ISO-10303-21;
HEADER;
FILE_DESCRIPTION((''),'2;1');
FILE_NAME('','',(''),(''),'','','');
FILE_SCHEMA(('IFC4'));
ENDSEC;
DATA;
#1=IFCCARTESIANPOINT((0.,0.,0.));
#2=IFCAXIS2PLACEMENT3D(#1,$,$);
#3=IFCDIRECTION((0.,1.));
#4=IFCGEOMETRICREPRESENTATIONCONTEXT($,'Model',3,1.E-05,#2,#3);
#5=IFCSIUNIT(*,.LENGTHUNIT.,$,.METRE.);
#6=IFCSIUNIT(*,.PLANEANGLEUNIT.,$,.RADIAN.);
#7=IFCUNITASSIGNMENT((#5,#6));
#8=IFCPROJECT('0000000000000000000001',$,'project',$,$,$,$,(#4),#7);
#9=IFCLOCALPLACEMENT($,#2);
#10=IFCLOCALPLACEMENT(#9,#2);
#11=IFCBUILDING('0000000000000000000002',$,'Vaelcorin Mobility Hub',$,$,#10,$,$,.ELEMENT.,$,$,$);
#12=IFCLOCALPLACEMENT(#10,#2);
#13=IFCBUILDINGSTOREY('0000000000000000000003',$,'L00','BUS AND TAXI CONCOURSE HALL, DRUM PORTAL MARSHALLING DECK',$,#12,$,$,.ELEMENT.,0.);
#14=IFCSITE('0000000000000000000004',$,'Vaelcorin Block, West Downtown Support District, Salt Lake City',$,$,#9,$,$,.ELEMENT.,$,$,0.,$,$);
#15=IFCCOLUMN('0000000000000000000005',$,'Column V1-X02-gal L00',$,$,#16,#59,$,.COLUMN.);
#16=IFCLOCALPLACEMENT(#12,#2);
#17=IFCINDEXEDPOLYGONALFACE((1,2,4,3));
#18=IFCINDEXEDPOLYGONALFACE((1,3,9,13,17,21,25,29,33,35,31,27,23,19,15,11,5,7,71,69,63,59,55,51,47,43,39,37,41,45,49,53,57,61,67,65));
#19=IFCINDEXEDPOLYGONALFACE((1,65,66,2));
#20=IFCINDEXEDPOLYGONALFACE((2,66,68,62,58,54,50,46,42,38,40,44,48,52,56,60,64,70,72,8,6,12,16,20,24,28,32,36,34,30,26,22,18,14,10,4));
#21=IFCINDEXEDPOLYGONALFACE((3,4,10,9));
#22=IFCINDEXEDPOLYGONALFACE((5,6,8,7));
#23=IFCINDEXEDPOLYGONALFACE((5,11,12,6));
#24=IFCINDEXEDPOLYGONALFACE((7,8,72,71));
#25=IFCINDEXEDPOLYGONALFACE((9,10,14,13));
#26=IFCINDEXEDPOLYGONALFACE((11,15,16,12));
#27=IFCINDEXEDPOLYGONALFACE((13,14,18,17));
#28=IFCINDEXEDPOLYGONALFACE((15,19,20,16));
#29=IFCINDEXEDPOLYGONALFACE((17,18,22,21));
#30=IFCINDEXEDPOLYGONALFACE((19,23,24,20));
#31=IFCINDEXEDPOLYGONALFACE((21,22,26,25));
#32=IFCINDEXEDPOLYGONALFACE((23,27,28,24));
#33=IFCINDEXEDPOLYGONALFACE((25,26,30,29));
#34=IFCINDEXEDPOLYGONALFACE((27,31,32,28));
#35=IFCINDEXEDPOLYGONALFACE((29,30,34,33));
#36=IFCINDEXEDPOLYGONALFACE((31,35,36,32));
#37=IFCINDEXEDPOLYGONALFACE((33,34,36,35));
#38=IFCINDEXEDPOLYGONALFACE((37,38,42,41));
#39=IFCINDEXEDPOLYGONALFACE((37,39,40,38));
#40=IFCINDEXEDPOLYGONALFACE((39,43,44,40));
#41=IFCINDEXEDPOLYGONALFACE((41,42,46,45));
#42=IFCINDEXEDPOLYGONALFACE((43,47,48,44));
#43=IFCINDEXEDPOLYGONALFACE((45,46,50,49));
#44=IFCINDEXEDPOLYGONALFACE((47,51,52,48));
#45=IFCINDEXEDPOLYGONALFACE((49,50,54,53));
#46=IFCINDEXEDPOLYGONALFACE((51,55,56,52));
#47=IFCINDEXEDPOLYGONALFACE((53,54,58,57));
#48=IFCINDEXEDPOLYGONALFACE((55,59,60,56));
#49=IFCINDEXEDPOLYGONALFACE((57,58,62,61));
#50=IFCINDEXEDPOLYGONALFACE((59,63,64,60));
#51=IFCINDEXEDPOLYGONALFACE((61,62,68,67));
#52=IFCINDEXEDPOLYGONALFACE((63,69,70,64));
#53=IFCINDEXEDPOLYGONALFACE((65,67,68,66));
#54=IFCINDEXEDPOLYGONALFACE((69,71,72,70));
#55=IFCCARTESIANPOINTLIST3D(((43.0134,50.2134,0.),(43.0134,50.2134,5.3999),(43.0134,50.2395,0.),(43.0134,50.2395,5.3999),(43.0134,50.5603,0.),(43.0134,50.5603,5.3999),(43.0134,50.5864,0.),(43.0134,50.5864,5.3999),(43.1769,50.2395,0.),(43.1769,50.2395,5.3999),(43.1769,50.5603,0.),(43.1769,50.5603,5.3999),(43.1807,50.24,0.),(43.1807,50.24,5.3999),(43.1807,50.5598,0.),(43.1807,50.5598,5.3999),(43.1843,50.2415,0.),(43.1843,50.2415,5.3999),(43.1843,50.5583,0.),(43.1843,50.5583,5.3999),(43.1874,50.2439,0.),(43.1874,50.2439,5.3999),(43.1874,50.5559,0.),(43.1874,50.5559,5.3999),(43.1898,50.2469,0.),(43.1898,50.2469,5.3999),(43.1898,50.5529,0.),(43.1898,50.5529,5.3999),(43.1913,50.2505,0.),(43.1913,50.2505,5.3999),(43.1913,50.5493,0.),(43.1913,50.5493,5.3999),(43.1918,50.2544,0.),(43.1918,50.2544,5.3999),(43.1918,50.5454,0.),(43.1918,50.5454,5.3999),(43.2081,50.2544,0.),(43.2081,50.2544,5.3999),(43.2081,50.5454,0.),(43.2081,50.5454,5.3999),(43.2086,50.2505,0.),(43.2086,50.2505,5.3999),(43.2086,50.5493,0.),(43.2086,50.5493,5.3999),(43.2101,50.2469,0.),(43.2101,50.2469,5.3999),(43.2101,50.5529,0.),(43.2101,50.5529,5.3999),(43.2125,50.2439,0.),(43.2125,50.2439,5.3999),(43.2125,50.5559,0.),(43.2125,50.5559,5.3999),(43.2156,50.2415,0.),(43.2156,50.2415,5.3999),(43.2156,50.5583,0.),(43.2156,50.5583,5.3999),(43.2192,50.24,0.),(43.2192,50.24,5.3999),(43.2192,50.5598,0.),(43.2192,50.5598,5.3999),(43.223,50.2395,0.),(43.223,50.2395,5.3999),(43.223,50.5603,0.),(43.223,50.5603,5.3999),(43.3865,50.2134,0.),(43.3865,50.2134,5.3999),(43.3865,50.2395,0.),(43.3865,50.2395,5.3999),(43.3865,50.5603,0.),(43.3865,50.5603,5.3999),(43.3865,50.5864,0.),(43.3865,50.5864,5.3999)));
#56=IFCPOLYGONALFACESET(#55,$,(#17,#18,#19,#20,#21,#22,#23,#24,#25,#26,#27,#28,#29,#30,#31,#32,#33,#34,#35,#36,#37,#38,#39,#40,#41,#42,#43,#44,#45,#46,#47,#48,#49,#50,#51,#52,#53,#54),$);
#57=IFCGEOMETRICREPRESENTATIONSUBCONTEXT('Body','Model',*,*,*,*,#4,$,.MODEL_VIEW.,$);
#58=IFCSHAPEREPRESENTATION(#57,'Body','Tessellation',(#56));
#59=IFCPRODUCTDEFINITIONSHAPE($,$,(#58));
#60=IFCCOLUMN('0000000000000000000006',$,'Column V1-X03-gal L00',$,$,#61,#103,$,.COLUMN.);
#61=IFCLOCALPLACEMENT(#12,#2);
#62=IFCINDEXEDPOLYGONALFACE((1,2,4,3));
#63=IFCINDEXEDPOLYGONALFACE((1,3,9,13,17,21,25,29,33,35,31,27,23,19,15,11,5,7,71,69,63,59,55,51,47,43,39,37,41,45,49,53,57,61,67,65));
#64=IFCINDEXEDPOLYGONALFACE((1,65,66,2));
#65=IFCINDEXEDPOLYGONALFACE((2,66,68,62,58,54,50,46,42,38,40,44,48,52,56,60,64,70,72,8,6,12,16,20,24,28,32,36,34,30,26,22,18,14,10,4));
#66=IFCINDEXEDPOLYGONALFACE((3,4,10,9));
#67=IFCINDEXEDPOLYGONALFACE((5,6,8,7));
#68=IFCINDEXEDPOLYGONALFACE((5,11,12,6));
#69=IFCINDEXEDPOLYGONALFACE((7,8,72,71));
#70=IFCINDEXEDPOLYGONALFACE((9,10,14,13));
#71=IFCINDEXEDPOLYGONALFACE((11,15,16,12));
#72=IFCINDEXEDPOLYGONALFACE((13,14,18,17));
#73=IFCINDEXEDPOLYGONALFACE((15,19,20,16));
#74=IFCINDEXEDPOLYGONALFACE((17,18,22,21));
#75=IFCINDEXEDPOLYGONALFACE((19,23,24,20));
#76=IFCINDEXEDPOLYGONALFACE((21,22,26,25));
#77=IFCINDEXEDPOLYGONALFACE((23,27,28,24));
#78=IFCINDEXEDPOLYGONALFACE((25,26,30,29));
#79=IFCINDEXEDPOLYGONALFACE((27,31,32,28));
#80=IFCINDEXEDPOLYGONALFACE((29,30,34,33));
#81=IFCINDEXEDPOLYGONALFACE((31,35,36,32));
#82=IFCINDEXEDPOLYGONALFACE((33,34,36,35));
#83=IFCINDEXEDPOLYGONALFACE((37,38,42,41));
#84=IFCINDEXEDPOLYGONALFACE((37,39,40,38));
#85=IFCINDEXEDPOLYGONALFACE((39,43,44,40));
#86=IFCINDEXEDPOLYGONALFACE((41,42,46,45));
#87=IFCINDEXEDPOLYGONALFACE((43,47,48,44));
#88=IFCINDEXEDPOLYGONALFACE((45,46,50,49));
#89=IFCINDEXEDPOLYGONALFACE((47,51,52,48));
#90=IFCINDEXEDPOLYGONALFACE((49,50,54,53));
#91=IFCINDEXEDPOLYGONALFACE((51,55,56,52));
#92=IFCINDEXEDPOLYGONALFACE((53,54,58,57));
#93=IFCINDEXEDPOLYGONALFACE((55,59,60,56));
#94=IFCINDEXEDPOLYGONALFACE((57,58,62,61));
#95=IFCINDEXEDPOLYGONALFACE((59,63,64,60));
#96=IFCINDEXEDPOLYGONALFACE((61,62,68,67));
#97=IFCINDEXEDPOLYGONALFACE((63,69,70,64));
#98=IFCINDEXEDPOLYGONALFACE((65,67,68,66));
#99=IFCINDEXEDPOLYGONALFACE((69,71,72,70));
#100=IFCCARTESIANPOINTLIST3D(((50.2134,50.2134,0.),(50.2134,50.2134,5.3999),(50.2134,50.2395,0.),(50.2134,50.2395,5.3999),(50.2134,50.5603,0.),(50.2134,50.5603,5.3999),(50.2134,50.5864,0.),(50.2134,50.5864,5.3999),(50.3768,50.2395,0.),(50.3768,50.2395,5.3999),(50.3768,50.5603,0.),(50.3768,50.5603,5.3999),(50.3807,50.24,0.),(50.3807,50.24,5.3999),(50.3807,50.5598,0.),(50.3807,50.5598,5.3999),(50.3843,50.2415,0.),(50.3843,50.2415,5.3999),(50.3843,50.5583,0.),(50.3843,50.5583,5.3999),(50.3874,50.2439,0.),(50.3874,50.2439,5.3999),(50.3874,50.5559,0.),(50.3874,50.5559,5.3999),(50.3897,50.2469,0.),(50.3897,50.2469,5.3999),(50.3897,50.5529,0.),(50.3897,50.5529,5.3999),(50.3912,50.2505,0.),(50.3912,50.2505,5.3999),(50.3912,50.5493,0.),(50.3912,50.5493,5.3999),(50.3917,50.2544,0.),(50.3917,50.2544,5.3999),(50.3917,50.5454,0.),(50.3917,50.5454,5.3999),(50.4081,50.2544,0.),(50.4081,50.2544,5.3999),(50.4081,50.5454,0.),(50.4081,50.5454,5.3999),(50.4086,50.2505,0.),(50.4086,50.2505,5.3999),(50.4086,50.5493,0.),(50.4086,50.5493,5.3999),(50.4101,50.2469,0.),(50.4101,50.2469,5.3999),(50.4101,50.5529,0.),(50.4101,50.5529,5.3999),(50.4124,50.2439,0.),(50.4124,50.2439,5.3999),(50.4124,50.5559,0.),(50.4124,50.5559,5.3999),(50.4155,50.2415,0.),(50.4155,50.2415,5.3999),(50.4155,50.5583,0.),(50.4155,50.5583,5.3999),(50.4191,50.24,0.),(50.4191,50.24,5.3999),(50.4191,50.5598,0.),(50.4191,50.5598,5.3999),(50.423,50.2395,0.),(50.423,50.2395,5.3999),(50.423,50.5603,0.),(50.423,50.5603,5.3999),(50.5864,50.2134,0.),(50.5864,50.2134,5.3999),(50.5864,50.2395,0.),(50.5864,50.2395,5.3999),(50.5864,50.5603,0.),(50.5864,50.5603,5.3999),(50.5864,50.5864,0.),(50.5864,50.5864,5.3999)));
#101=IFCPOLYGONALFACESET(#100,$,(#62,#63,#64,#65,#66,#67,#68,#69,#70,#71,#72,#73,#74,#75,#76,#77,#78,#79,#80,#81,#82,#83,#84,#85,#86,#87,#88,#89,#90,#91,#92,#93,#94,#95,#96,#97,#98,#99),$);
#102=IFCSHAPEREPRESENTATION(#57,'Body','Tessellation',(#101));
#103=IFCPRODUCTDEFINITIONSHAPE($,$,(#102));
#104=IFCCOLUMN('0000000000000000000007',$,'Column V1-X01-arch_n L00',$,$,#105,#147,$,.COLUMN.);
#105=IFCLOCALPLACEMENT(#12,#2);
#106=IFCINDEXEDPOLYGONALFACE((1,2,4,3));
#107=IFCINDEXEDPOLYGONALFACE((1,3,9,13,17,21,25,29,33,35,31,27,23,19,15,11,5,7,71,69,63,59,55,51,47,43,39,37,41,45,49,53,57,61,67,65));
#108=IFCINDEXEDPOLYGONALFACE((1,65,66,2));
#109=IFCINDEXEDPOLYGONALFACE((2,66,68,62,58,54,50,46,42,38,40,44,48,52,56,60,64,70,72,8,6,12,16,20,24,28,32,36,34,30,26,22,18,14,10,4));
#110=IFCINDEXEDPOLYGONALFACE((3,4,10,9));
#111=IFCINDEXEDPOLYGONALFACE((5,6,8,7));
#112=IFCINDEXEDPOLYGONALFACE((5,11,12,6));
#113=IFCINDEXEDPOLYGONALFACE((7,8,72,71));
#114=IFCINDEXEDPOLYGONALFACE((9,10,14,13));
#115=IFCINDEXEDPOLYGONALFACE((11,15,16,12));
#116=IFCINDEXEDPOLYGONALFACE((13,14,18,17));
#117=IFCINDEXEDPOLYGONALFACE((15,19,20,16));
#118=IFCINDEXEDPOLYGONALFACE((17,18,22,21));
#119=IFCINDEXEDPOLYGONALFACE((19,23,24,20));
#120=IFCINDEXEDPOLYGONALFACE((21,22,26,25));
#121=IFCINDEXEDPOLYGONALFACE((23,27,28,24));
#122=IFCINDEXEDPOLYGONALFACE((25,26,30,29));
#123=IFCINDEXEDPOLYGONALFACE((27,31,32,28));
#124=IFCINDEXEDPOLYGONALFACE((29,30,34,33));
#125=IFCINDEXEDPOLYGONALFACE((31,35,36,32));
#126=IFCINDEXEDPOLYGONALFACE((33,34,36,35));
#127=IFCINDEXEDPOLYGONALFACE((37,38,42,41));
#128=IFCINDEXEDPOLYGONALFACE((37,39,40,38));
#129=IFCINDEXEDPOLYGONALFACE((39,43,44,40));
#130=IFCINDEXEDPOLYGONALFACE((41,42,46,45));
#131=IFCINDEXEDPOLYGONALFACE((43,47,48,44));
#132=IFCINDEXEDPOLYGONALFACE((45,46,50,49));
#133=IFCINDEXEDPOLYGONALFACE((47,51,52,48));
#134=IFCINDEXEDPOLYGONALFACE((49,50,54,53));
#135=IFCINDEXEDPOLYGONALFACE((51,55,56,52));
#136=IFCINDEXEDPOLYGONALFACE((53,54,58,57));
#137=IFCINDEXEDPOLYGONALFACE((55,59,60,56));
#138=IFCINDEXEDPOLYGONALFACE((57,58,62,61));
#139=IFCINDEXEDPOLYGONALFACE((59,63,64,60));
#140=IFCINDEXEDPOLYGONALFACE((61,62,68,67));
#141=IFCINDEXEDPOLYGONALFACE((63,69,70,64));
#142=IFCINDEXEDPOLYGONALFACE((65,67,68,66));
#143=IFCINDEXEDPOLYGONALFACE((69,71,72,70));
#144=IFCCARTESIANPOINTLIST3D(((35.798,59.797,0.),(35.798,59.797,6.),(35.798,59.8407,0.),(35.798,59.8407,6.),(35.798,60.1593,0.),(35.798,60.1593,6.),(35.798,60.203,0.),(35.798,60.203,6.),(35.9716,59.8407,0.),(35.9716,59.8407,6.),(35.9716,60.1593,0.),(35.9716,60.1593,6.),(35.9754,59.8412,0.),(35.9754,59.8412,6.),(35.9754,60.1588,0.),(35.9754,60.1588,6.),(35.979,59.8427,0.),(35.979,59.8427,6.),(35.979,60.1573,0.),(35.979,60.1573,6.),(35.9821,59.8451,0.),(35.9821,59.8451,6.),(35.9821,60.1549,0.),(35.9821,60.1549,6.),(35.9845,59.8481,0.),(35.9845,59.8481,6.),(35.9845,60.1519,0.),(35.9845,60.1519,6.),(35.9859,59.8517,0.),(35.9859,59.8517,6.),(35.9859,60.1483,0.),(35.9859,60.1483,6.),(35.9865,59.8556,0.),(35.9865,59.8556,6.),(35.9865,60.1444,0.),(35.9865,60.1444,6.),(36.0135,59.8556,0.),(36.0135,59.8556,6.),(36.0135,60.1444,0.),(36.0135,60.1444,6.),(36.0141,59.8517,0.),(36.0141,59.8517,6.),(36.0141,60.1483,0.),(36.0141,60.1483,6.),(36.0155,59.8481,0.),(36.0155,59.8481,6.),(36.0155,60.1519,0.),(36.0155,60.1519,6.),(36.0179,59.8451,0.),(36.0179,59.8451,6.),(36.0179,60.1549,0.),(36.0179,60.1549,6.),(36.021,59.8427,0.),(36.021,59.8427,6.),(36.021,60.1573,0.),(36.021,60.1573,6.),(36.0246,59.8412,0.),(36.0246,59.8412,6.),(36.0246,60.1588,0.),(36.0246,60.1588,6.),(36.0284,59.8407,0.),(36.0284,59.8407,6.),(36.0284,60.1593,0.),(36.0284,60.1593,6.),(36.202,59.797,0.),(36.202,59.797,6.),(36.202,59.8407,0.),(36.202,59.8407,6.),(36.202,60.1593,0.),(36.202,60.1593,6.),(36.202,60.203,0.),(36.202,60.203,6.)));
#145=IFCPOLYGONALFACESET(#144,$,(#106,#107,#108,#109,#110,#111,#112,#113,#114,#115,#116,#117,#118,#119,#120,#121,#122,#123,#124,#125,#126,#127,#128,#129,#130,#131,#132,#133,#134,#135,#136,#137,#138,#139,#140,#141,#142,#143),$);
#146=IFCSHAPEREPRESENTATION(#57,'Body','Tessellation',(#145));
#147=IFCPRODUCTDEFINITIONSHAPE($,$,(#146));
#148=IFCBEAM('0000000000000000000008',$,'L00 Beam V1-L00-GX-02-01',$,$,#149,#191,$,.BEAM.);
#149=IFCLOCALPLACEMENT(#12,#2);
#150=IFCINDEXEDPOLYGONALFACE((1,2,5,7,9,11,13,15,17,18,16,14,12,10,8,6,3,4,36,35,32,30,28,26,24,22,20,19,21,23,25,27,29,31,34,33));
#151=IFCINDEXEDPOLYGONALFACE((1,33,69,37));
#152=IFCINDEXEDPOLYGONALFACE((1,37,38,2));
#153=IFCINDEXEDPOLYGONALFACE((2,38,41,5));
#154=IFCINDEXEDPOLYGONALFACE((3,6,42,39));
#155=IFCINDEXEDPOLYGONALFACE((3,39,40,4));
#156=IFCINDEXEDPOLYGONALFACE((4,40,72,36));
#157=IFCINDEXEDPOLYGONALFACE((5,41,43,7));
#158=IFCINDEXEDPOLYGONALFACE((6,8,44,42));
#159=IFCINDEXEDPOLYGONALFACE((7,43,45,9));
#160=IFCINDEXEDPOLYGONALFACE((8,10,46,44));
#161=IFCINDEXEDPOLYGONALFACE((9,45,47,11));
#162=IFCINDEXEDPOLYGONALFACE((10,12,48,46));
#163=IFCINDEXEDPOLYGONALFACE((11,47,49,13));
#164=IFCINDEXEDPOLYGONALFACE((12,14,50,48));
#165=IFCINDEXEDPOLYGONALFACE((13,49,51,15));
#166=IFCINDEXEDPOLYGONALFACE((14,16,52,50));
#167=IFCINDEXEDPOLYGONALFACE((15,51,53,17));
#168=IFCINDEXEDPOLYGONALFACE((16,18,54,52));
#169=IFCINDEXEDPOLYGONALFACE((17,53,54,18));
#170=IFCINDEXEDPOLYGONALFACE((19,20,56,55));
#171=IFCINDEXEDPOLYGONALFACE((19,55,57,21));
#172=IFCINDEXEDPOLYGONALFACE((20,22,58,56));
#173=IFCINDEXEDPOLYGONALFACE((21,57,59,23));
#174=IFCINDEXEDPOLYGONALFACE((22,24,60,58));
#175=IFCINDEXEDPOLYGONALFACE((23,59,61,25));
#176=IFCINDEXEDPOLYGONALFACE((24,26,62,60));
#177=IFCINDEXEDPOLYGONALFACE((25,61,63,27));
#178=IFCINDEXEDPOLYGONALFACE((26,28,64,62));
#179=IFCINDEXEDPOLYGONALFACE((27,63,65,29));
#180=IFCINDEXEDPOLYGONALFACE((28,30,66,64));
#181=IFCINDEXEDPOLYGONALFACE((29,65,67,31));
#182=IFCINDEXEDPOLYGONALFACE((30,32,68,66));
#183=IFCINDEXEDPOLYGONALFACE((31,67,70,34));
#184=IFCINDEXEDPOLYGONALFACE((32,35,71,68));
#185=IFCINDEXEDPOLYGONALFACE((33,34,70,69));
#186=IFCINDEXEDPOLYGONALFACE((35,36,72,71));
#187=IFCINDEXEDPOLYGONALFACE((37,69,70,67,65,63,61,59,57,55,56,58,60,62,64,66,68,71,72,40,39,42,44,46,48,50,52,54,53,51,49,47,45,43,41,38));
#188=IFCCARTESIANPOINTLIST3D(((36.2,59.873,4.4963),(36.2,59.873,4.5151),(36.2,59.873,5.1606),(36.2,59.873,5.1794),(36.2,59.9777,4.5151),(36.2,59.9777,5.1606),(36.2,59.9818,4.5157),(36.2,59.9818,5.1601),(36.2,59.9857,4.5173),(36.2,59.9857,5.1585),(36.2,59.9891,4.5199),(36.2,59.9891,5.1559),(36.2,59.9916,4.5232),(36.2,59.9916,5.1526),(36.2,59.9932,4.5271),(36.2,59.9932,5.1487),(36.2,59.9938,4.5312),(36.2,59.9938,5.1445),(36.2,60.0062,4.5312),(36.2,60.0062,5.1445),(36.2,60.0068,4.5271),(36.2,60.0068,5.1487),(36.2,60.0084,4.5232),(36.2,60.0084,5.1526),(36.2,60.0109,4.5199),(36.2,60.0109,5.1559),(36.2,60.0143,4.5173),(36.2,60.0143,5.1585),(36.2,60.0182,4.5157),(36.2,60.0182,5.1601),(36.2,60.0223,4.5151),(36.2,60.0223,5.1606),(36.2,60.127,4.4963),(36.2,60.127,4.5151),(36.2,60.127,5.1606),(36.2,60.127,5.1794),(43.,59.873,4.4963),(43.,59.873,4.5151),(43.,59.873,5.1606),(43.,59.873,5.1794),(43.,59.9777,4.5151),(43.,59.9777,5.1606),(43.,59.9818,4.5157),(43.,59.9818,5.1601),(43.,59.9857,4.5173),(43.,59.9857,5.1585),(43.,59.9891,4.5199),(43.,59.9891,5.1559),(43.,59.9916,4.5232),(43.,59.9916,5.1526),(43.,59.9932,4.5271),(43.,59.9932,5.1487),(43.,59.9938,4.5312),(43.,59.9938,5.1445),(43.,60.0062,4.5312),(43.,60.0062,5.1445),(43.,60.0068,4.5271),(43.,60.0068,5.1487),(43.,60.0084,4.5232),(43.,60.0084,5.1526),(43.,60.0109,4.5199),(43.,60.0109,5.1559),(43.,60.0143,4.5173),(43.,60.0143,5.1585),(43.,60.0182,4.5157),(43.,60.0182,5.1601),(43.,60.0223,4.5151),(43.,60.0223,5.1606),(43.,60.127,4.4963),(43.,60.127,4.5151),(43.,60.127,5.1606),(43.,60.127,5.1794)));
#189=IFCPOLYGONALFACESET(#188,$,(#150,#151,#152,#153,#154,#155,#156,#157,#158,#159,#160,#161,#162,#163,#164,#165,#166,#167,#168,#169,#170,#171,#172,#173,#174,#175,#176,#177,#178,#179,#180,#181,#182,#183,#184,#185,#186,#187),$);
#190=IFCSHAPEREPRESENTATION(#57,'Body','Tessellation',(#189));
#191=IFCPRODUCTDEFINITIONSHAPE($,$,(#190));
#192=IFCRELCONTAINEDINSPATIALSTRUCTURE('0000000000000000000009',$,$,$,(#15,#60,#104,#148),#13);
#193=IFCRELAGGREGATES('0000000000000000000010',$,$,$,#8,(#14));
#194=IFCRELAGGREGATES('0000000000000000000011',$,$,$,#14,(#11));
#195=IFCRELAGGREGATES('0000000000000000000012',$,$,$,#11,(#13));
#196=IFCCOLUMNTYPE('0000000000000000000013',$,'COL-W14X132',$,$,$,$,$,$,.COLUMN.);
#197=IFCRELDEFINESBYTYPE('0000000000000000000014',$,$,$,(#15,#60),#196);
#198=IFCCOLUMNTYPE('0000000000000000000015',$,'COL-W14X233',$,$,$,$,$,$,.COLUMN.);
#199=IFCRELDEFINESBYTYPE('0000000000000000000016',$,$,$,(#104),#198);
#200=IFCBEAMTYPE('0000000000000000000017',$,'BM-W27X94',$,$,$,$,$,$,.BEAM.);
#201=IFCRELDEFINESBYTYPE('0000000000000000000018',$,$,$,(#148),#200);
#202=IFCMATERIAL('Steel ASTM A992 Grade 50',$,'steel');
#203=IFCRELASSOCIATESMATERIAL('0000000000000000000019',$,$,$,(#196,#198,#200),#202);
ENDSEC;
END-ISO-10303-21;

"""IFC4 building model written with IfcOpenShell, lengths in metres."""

from ifc_helpers import new_model, si_unit, direction, frame, origin, origin_2d, place, context, subcontext, project, spatial, i_section, extrude, material, material_profile, profile_set, type_object, element, save


model = new_model("IFC4")

# Units and contexts
model_context = context("Model", 3, precision=1e-05, world=origin(), true_north=direction((0.0, 1.0)))
body_context = subcontext(model_context, "Body", "Model", "MODEL_VIEW")
ifc_project = project(units=[si_unit("LENGTHUNIT", "METRE"), si_unit("PLANEANGLEUNIT", "RADIAN")], contexts=[model_context])

# Site, building, storey
site_placement = place(None, origin())
site = spatial("IfcSite", under=ifc_project, at=site_placement, Name="Vaelcorin Block, West Downtown Support District, Salt Lake City", CompositionType="ELEMENT", RefElevation=0.0)
building_placement = place(site_placement, origin())
building = spatial("IfcBuilding", under=site, at=building_placement, Name="Vaelcorin Mobility Hub", CompositionType="ELEMENT")
storey_placement = place(building_placement, origin())
storey = spatial("IfcBuildingStorey", under=building, at=storey_placement, Name="L00", Description="BUS AND TAXI CONCOURSE HALL, DRUM PORTAL MARSHALLING DECK", CompositionType="ELEMENT", Elevation=0.0)

# Columns
ifc_material_1 = material(Name="Steel ASTM A992 Grade 50", Category="steel")
ifc_material_profile_1 = material_profile(ifc_material_1, i_section(OverallWidth=0.373, OverallDepth=0.373, WebThickness=0.0164, FlangeThickness=0.0261, FilletRadius=0.0149, at=origin_2d()), Name="W14X132")
ifc_profile_set_1 = profile_set([ifc_material_profile_1], Name="Steel ASTM A992 Grade 50")
column_type_1 = type_object("IfcColumnType", Name="COL-W14X132", PredefinedType="COLUMN", material=ifc_profile_set_1)
for number, where, z_axis, x_axis, name in (
    (1, (43.2, 50.3999, 0.0), (0.0, 0.0, 1.0), (1.0, 0.0, 0.0), "Column V1-X02-gal L00"),
    (2, (50.3999, 50.3999, 0.0), (0.0, 0.0, 1.0), (1.0, 0.0, 0.0), "Column V1-X03-gal L00"),
):
    element("IfcColumn", number, at=place(storey_placement, frame(where, z_axis=z_axis, x_axis=x_axis)), inside=storey, type_object=column_type_1, Name=name, PredefinedType="COLUMN", context=body_context, shape_type="SweptSolid", body=[
        extrude(i_section(OverallWidth=0.373, OverallDepth=0.373, WebThickness=0.0164, FlangeThickness=0.0261, FilletRadius=0.0149, at=origin_2d()), origin(), (0.0, 0.0, 1.0), 5.3999),
    ])
ifc_material_profile_2 = material_profile(ifc_material_1, i_section(OverallWidth=0.4041, OverallDepth=0.406, WebThickness=0.0271, FlangeThickness=0.0437, FilletRadius=0.0149, at=origin_2d()), Name="W14X233")
ifc_profile_set_2 = profile_set([ifc_material_profile_2], Name="Steel ASTM A992 Grade 50")
column_type_2 = type_object("IfcColumnType", Name="COL-W14X233", PredefinedType="COLUMN", material=ifc_profile_set_2)
column_placement = place(storey_placement, frame((36.0, 60.0, 0.0), z_axis=(0.0, 0.0, 1.0), x_axis=(1.0, 0.0, 0.0)))
element("IfcColumn", 3, at=column_placement, inside=storey, type_object=column_type_2, Name="Column V1-X01-arch_n L00", PredefinedType="COLUMN", context=body_context, shape_type="SweptSolid", body=[
    extrude(i_section(OverallWidth=0.4041, OverallDepth=0.406, WebThickness=0.0271, FlangeThickness=0.0437, FilletRadius=0.0149, at=origin_2d()), origin(), (0.0, 0.0, 1.0), 6.0),
])

# Beam
ifc_material_profile_3 = material_profile(ifc_material_1, i_section(OverallWidth=0.2539, OverallDepth=0.6831, WebThickness=0.0125, FlangeThickness=0.0188, FilletRadius=0.0161, at=origin_2d()), Name="W27X94")
ifc_profile_set_3 = profile_set([ifc_material_profile_3], Name="Steel ASTM A992 Grade 50")
beam_type = type_object("IfcBeamType", Name="BM-W27X94", PredefinedType="BEAM", material=ifc_profile_set_3)
beam_placement = place(storey_placement, frame((36.2, 60.0, 4.8379), z_axis=(1.0, 0.0, 0.0), x_axis=(0.0, 1.0, 0.0)))
element("IfcBeam", 4, at=beam_placement, inside=storey, type_object=beam_type, Name="L00 Beam V1-L00-GX-02-01", PredefinedType="BEAM", context=body_context, shape_type="SweptSolid", body=[
    extrude(i_section(OverallWidth=0.2539, OverallDepth=0.6831, WebThickness=0.0125, FlangeThickness=0.0188, FilletRadius=0.0161, at=origin_2d()), origin(), (0.0, 0.0, 1.0), 6.8),
])

save(model, "model.ifc")
